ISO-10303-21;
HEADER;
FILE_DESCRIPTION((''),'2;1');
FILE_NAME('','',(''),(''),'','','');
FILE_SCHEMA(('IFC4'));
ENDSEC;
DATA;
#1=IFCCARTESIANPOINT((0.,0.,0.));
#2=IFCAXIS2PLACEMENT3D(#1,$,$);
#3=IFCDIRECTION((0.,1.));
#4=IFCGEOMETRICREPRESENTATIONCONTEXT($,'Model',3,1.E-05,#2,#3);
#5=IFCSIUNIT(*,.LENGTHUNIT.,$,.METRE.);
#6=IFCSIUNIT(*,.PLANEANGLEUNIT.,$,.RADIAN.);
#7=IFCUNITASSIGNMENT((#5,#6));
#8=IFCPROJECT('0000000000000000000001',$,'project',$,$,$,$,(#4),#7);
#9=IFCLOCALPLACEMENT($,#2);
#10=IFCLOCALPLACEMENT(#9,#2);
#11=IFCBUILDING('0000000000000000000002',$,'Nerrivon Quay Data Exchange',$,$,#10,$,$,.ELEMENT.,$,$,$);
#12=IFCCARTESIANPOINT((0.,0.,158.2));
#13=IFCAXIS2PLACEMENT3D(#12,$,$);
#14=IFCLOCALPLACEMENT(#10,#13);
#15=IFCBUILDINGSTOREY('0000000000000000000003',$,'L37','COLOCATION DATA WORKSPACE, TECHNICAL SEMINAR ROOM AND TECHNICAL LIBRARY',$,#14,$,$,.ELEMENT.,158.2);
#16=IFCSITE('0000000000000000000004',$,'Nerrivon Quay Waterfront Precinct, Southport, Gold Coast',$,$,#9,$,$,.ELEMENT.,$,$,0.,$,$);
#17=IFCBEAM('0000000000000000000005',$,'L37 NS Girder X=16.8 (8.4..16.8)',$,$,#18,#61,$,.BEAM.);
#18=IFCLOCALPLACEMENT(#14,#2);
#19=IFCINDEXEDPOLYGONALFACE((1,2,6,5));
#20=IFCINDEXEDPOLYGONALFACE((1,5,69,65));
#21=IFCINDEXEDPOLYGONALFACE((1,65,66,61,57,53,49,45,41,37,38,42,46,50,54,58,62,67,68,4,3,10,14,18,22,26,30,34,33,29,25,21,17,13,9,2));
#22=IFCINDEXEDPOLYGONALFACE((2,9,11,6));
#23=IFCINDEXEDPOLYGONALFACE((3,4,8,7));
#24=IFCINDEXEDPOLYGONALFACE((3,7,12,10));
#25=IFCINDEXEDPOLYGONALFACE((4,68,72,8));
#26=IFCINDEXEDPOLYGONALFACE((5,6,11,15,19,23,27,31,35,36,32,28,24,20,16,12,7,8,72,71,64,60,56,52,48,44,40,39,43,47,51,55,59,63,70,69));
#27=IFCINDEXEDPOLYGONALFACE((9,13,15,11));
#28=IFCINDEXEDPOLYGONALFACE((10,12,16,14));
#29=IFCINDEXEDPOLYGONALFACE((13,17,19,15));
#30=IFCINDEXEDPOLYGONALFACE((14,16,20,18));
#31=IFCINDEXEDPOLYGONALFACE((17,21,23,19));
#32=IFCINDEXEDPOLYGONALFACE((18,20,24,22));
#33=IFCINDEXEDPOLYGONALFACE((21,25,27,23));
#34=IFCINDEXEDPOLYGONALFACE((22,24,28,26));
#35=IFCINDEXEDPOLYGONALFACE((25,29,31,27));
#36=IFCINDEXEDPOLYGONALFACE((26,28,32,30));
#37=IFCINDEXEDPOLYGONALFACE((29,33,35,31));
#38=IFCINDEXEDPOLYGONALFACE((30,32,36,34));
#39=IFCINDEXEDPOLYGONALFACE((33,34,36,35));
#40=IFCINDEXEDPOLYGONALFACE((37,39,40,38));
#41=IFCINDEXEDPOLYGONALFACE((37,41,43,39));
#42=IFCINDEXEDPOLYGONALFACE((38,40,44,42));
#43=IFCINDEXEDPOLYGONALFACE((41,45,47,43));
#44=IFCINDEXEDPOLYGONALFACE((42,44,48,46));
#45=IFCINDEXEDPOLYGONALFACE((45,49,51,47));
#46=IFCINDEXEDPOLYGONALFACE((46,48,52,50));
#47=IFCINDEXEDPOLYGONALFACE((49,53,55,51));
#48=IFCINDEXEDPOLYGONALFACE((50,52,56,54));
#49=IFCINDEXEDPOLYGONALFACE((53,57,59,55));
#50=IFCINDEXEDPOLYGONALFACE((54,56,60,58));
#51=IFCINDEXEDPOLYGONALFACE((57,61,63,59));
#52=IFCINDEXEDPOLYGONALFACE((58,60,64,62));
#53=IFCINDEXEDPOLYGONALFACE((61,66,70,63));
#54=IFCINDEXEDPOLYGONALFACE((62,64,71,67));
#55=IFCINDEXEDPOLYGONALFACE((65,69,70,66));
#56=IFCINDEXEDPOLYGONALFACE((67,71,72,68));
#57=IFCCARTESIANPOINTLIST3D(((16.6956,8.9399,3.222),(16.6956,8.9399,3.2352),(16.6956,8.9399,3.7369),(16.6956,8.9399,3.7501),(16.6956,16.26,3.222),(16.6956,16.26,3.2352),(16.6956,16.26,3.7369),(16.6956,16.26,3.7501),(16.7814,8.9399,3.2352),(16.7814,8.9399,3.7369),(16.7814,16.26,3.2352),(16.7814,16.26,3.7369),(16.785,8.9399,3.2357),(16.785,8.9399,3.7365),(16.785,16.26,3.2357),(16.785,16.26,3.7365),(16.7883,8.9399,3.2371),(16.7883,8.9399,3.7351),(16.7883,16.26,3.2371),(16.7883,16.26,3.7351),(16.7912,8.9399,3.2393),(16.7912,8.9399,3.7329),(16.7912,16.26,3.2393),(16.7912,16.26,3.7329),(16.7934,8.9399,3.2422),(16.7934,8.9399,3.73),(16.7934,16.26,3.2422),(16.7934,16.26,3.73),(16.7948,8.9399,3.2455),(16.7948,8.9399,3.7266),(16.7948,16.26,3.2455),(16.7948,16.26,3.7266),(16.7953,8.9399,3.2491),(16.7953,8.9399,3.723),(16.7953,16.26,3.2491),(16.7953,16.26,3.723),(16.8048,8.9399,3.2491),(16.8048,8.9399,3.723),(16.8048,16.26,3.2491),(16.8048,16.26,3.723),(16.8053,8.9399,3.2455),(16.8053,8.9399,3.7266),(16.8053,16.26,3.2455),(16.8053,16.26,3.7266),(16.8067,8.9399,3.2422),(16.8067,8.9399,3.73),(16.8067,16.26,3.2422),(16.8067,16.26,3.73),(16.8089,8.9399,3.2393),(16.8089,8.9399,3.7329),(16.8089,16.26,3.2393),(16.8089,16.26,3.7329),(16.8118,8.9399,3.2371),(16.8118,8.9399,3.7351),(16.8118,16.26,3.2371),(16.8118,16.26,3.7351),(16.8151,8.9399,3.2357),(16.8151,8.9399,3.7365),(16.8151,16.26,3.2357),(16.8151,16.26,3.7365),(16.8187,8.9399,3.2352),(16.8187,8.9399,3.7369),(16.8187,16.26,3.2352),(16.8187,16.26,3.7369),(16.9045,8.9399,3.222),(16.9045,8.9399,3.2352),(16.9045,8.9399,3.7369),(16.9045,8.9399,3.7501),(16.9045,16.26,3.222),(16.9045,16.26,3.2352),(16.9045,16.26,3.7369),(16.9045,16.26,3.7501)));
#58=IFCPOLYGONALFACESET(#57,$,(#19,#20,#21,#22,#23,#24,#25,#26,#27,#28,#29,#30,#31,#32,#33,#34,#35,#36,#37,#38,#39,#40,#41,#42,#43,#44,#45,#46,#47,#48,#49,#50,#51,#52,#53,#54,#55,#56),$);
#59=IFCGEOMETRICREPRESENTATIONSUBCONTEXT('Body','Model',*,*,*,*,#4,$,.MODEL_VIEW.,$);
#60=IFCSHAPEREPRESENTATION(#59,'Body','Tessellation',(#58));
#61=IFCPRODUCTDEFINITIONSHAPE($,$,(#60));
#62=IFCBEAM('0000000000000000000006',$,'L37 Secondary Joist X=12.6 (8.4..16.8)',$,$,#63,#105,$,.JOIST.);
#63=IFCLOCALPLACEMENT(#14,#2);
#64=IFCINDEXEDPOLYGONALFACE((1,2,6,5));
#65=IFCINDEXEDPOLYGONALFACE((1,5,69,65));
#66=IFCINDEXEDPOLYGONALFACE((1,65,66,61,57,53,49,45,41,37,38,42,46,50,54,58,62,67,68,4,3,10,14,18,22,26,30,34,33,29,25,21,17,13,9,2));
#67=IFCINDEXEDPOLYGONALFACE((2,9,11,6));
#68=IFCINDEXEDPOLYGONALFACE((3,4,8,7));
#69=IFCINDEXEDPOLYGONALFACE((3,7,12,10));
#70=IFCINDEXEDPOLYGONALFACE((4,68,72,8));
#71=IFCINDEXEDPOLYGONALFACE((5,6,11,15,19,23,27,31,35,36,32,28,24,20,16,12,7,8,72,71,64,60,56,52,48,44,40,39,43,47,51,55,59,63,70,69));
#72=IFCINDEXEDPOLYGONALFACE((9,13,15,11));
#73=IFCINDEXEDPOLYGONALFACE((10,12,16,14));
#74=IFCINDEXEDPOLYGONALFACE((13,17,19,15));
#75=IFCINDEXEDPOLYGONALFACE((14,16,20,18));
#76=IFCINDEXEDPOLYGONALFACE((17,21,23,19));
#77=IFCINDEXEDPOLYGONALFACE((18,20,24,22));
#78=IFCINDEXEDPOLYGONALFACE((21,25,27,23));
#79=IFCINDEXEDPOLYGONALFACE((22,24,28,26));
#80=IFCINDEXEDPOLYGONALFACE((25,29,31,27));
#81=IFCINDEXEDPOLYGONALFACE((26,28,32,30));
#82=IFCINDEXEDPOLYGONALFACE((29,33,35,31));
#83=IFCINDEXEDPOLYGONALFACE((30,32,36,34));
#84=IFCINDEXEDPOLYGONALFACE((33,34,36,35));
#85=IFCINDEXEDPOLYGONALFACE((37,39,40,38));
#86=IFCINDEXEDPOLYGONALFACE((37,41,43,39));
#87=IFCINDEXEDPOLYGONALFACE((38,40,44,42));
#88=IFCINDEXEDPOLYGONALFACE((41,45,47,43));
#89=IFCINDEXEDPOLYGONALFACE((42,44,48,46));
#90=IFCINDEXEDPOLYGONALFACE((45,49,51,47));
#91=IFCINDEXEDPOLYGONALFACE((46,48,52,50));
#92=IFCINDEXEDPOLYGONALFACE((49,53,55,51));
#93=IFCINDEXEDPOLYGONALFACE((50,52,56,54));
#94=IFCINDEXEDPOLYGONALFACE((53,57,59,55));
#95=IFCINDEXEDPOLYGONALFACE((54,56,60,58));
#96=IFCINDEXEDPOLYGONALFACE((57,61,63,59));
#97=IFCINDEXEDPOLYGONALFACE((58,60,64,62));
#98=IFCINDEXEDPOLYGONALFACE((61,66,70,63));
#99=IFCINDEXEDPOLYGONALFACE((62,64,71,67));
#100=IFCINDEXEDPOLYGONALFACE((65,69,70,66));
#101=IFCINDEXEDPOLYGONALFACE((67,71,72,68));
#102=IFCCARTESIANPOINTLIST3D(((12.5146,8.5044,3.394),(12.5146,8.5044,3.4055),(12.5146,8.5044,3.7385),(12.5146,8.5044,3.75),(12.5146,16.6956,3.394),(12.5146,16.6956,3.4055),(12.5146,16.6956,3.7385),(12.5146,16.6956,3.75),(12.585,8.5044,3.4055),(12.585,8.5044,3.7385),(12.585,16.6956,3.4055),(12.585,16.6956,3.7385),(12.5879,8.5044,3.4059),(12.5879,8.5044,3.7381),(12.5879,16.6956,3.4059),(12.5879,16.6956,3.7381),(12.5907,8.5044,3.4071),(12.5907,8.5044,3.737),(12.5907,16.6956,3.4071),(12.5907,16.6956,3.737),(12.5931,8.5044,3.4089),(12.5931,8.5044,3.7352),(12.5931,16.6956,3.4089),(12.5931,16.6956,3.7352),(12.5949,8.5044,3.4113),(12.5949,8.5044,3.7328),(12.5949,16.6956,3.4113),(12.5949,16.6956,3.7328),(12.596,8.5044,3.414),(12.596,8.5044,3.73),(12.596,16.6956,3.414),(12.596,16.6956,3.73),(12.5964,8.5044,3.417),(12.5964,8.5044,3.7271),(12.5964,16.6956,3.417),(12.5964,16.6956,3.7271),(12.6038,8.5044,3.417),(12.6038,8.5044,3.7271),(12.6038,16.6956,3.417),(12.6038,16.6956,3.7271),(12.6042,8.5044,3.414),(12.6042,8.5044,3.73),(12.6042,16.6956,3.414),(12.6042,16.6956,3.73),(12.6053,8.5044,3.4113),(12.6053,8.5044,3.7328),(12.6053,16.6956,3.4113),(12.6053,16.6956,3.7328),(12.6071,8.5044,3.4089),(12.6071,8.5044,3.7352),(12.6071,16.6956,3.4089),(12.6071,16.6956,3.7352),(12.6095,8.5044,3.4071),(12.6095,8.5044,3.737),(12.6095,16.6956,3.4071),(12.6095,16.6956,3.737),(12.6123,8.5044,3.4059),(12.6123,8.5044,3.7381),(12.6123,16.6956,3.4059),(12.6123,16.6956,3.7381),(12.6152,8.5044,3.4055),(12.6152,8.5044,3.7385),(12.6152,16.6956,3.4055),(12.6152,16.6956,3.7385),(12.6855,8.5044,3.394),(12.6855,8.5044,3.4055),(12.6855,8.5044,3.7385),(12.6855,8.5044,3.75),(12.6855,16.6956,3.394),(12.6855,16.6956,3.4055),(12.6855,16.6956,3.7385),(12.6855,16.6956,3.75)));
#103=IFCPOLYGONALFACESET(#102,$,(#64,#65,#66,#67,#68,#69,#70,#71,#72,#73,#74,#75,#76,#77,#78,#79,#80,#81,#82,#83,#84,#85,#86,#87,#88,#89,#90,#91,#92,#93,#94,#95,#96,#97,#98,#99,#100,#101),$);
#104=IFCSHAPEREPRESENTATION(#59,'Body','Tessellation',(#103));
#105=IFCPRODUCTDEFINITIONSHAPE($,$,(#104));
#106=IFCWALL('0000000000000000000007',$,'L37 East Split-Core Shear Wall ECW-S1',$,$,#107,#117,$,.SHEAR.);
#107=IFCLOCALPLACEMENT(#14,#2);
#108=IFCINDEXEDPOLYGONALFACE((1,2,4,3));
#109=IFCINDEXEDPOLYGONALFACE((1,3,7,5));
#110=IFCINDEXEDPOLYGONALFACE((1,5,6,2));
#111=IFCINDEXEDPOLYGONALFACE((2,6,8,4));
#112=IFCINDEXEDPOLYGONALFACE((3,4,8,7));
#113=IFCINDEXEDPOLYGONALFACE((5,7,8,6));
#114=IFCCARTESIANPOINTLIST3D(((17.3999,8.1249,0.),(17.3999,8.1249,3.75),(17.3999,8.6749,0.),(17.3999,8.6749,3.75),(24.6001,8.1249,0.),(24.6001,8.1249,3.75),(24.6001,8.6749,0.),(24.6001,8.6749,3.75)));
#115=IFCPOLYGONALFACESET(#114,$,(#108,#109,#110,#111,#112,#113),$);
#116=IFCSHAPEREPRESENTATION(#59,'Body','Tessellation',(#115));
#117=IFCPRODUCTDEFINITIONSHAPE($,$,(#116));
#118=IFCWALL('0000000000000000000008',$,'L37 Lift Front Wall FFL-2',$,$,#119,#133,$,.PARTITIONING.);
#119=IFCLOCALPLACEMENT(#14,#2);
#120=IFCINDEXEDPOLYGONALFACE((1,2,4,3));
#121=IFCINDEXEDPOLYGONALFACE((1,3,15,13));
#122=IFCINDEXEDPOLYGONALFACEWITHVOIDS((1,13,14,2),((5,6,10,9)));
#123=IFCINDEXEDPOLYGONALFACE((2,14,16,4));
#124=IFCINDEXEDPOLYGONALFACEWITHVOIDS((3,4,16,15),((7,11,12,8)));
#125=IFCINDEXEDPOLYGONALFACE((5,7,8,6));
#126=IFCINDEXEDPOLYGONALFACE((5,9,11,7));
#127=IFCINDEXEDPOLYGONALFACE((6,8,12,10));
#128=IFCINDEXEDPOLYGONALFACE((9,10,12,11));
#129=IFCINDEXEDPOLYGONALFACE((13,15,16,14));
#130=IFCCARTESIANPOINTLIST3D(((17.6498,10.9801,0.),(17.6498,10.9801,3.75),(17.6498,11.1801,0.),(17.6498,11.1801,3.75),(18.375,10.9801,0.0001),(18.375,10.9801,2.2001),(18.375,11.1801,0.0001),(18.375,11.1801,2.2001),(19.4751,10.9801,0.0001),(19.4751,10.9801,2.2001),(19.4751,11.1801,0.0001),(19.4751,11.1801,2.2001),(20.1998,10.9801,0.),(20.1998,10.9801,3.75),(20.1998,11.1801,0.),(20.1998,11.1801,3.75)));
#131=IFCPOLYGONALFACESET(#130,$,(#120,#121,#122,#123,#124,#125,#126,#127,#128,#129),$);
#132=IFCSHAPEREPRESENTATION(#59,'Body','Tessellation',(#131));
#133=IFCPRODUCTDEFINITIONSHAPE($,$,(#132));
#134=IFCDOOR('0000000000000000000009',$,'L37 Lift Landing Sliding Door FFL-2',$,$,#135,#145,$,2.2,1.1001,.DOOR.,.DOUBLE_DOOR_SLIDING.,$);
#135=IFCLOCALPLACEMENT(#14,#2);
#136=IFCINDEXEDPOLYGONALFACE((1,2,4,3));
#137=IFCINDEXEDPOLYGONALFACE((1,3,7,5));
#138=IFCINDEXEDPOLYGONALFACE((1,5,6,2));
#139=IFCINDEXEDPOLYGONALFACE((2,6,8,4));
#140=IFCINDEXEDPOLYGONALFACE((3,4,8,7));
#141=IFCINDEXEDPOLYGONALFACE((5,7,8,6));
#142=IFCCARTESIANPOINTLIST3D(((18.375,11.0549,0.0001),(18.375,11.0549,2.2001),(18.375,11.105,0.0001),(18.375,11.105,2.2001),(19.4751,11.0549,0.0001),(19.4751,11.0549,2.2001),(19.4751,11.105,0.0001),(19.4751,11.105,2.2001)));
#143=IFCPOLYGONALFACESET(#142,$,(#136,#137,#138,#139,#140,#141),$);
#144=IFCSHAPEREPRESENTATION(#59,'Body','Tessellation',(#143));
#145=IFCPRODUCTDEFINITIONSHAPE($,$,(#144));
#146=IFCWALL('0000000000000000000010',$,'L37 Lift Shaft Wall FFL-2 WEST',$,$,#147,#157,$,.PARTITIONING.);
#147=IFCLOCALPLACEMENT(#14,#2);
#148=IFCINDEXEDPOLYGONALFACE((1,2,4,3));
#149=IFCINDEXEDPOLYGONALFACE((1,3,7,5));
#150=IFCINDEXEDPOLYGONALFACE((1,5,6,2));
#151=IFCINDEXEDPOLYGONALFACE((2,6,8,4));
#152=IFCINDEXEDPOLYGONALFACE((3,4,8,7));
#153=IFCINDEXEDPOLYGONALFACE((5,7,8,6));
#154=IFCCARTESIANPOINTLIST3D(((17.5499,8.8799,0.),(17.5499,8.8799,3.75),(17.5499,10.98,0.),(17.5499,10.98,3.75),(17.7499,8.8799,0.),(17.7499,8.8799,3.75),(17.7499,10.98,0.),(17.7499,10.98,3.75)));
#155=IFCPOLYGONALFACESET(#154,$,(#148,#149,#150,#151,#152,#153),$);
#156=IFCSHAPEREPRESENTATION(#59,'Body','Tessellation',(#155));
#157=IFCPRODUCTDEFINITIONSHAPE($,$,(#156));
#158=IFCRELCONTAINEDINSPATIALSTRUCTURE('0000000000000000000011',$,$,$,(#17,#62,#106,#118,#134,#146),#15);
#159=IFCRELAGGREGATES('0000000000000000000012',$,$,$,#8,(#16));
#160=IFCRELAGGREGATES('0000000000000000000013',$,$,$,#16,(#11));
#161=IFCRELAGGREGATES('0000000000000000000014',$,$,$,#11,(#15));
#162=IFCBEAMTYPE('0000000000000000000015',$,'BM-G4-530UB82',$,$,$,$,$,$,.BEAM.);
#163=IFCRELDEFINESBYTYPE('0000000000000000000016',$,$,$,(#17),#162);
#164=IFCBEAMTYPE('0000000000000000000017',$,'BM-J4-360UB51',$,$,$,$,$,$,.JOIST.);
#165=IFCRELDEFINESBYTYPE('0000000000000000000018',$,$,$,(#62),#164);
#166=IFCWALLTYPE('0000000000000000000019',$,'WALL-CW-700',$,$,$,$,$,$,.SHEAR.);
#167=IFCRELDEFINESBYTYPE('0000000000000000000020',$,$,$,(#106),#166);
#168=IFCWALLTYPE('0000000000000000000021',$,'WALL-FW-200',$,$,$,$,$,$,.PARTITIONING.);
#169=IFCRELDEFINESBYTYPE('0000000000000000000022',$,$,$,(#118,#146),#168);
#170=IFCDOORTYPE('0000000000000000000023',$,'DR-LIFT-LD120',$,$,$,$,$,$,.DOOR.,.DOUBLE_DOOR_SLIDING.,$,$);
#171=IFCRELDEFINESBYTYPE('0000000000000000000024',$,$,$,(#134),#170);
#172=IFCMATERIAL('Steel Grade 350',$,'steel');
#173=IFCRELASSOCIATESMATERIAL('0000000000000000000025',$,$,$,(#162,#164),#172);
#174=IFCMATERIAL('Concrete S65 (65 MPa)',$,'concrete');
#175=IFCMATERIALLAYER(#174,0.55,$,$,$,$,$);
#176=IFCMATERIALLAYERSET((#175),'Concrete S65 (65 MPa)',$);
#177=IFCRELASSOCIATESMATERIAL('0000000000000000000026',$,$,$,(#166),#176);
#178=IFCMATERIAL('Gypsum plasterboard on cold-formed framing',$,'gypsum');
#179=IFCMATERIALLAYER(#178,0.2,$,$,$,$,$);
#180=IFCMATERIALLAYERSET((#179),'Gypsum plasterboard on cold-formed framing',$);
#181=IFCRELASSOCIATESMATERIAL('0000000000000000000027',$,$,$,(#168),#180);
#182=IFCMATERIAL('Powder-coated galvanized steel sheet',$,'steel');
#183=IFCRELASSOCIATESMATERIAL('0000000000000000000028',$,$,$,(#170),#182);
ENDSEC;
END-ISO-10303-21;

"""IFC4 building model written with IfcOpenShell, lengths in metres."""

from ifc_helpers import new_model, si_unit, direction, frame, frame_2d, origin, origin_2d, place, context, subcontext, project, spatial, rectangle, i_section, extrude, material, layer, layer_set, material_profile, profile_set, type_object, element, fill, save


model = new_model("IFC4")

# Units and contexts
model_context = context("Model", 3, precision=1e-05, world=origin(), true_north=direction((0.0, 1.0)))
body_context = subcontext(model_context, "Body", "Model", "MODEL_VIEW")
ifc_project = project(units=[si_unit("LENGTHUNIT", "METRE"), si_unit("PLANEANGLEUNIT", "RADIAN")], contexts=[model_context])

# Site, building, storey
site_placement = place(None, origin())
site = spatial("IfcSite", under=ifc_project, at=site_placement, Name="Nerrivon Quay Waterfront Precinct, Southport, Gold Coast", CompositionType="ELEMENT", RefElevation=0.0)
building_placement = place(site_placement, origin())
building = spatial("IfcBuilding", under=site, at=building_placement, Name="Nerrivon Quay Data Exchange", CompositionType="ELEMENT")
storey_placement = place(building_placement, frame((0.0, 0.0, 158.2)))
storey = spatial("IfcBuildingStorey", under=building, at=storey_placement, Name="L37", Description="COLOCATION DATA WORKSPACE, TECHNICAL SEMINAR ROOM AND TECHNICAL LIBRARY", CompositionType="ELEMENT", Elevation=158.2)

# Shared definitions
ifc_material_1 = material(Name="Concrete S65 (65 MPa)", Category="concrete")
ifc_material_2 = material(Name="Steel Grade 350", Category="steel")

# Beams
ifc_material_profile_1 = material_profile(ifc_material_2, i_section(OverallWidth=0.209, OverallDepth=0.5281, WebThickness=0.0095, FlangeThickness=0.0132, FilletRadius=0.0139, at=origin_2d()), Name="530UB82.0")
ifc_profile_set_1 = profile_set([ifc_material_profile_1], Name="Steel Grade 350")
beam_type_1 = type_object("IfcBeamType", Name="BM-G4-530UB82", PredefinedType="BEAM", material=ifc_profile_set_1)
beam_1_placement = place(storey_placement, frame((16.8, 8.9399, 3.4861), z_axis=(0.0, 1.0, 0.0), x_axis=(-1.0, 0.0, 0.0)))
element("IfcBeam", 1, at=beam_1_placement, inside=storey, type_object=beam_type_1, Name="L37 NS Girder X=16.8 (8.4..16.8)", PredefinedType="BEAM", context=body_context, shape_type="SweptSolid", body=[
    extrude(i_section(OverallWidth=0.209, OverallDepth=0.5281, WebThickness=0.0095, FlangeThickness=0.0132, FilletRadius=0.0139, at=origin_2d()), origin(), (0.0, 0.0, 1.0), 7.3201),
])
ifc_material_profile_2 = material_profile(ifc_material_2, i_section(OverallWidth=0.1709, OverallDepth=0.356, WebThickness=0.0073, FlangeThickness=0.0115, FilletRadius=0.0115, at=origin_2d()), Name="360UB50.7")
ifc_profile_set_2 = profile_set([ifc_material_profile_2], Name="Steel Grade 350")
beam_type_2 = type_object("IfcBeamType", Name="BM-J4-360UB51", PredefinedType="JOIST", material=ifc_profile_set_2)
beam_2_placement = place(storey_placement, frame((12.6001, 8.5044, 3.572), z_axis=(0.0, 1.0, 0.0), x_axis=(-1.0, 0.0, 0.0)))
element("IfcBeam", 2, at=beam_2_placement, inside=storey, type_object=beam_type_2, Name="L37 Secondary Joist X=12.6 (8.4..16.8)", PredefinedType="JOIST", context=body_context, shape_type="SweptSolid", body=[
    extrude(i_section(OverallWidth=0.1709, OverallDepth=0.356, WebThickness=0.0073, FlangeThickness=0.0115, FilletRadius=0.0115, at=origin_2d()), origin(), (0.0, 0.0, 1.0), 8.1912),
])

# Wall
ifc_layer_1 = layer(ifc_material_1, 0.55)
ifc_layer_set_1 = layer_set([ifc_layer_1], Name="Concrete S65 (65 MPa)")
wall_type_1 = type_object("IfcWallType", Name="WALL-CW-700", PredefinedType="SHEAR", material=ifc_layer_set_1)
wall_1_placement = place(storey_placement, frame((17.3999, 8.3999, 0.0), z_axis=(0.0, 0.0, 1.0), x_axis=(1.0, 0.0, 0.0)))
element("IfcWall", 3, at=wall_1_placement, inside=storey, type_object=wall_type_1, Name="L37 East Split-Core Shear Wall ECW-S1", PredefinedType="SHEAR", context=body_context, shape_type="SweptSolid", body=[
    extrude(rectangle(XDim=7.2002, YDim=0.55, at=frame_2d((3.6001, 0.0))), origin(), (0.0, 0.0, 1.0), 3.75),
])

# Wall, opening, door
ifc_material_3 = material(Name="Powder-coated galvanized steel sheet", Category="steel")
ifc_material_4 = material(Name="Gypsum plasterboard on cold-formed framing", Category="gypsum")
ifc_layer_2 = layer(ifc_material_4, 0.2)
ifc_layer_set_2 = layer_set([ifc_layer_2], Name="Gypsum plasterboard on cold-formed framing")
wall_type_2 = type_object("IfcWallType", Name="WALL-FW-200", PredefinedType="PARTITIONING", material=ifc_layer_set_2)
wall_2_placement = place(storey_placement, frame((17.6499, 11.0801, 0.0), z_axis=(0.0, 0.0, 1.0), x_axis=(1.0, 0.0, 0.0)))
wall_2 = element("IfcWall", 4, at=wall_2_placement, inside=storey, type_object=wall_type_2, Name="L37 Lift Front Wall FFL-2", PredefinedType="PARTITIONING", context=body_context, shape_type="SweptSolid", body=[
    extrude(rectangle(XDim=2.55, YDim=0.2, at=frame_2d((1.2749, 0.0))), origin(), (0.0, 0.0, 1.0), 3.75),
])
opening_1_placement = place(wall_2_placement, frame((0.7251, 0.0, 0.0)))
opening_1 = element("IfcOpeningElement", 5, at=opening_1_placement, cuts=wall_2, PredefinedType="OPENING", context=body_context, shape_type="SweptSolid", body=[
    extrude(rectangle(XDim=1.1001, YDim=2.2, at=frame_2d((0.55, 1.1001))), frame((0.0, 0.1099, 0.0), z_axis=(0.0, -1.0, 0.0), x_axis=(1.0, 0.0, 0.0)), (0.0, 0.0, 1.0), 0.22),
])
door_type_1 = type_object("IfcDoorType", Name="DR-LIFT-LD120", OperationType="DOUBLE_DOOR_SLIDING", PredefinedType="DOOR", material=ifc_material_3)
door_1_placement = place(opening_1_placement, origin())
door_1 = element("IfcDoor", 6, at=door_1_placement, inside=storey, type_object=door_type_1, Name="L37 Lift Landing Sliding Door FFL-2", OperationType="DOUBLE_DOOR_SLIDING", OverallHeight=2.2, OverallWidth=1.1001, PredefinedType="DOOR", context=body_context, shape_type="SweptSolid", body=[
    extrude(rectangle(XDim=1.1001, YDim=2.2, at=frame_2d((0.55, 1.1001))), frame((0.0, 0.0249, 0.0), z_axis=(0.0, -1.0, 0.0), x_axis=(1.0, 0.0, 0.0)), (0.0, 0.0, 1.0), 0.05),
])
fill(opening_1, door_1)

# Wall
wall_3_placement = place(storey_placement, frame((17.6499, 8.8799, 0.0), z_axis=(0.0, 0.0, 1.0), x_axis=(0.0, 1.0, 0.0)))
element("IfcWall", 7, at=wall_3_placement, inside=storey, type_object=wall_type_2, Name="L37 Lift Shaft Wall FFL-2 WEST", PredefinedType="PARTITIONING", context=body_context, shape_type="SweptSolid", body=[
    extrude(rectangle(XDim=2.1001, YDim=0.2, at=frame_2d((1.05, 0.0))), origin(), (0.0, 0.0, 1.0), 3.75),
])

save(model, "model.ifc")
